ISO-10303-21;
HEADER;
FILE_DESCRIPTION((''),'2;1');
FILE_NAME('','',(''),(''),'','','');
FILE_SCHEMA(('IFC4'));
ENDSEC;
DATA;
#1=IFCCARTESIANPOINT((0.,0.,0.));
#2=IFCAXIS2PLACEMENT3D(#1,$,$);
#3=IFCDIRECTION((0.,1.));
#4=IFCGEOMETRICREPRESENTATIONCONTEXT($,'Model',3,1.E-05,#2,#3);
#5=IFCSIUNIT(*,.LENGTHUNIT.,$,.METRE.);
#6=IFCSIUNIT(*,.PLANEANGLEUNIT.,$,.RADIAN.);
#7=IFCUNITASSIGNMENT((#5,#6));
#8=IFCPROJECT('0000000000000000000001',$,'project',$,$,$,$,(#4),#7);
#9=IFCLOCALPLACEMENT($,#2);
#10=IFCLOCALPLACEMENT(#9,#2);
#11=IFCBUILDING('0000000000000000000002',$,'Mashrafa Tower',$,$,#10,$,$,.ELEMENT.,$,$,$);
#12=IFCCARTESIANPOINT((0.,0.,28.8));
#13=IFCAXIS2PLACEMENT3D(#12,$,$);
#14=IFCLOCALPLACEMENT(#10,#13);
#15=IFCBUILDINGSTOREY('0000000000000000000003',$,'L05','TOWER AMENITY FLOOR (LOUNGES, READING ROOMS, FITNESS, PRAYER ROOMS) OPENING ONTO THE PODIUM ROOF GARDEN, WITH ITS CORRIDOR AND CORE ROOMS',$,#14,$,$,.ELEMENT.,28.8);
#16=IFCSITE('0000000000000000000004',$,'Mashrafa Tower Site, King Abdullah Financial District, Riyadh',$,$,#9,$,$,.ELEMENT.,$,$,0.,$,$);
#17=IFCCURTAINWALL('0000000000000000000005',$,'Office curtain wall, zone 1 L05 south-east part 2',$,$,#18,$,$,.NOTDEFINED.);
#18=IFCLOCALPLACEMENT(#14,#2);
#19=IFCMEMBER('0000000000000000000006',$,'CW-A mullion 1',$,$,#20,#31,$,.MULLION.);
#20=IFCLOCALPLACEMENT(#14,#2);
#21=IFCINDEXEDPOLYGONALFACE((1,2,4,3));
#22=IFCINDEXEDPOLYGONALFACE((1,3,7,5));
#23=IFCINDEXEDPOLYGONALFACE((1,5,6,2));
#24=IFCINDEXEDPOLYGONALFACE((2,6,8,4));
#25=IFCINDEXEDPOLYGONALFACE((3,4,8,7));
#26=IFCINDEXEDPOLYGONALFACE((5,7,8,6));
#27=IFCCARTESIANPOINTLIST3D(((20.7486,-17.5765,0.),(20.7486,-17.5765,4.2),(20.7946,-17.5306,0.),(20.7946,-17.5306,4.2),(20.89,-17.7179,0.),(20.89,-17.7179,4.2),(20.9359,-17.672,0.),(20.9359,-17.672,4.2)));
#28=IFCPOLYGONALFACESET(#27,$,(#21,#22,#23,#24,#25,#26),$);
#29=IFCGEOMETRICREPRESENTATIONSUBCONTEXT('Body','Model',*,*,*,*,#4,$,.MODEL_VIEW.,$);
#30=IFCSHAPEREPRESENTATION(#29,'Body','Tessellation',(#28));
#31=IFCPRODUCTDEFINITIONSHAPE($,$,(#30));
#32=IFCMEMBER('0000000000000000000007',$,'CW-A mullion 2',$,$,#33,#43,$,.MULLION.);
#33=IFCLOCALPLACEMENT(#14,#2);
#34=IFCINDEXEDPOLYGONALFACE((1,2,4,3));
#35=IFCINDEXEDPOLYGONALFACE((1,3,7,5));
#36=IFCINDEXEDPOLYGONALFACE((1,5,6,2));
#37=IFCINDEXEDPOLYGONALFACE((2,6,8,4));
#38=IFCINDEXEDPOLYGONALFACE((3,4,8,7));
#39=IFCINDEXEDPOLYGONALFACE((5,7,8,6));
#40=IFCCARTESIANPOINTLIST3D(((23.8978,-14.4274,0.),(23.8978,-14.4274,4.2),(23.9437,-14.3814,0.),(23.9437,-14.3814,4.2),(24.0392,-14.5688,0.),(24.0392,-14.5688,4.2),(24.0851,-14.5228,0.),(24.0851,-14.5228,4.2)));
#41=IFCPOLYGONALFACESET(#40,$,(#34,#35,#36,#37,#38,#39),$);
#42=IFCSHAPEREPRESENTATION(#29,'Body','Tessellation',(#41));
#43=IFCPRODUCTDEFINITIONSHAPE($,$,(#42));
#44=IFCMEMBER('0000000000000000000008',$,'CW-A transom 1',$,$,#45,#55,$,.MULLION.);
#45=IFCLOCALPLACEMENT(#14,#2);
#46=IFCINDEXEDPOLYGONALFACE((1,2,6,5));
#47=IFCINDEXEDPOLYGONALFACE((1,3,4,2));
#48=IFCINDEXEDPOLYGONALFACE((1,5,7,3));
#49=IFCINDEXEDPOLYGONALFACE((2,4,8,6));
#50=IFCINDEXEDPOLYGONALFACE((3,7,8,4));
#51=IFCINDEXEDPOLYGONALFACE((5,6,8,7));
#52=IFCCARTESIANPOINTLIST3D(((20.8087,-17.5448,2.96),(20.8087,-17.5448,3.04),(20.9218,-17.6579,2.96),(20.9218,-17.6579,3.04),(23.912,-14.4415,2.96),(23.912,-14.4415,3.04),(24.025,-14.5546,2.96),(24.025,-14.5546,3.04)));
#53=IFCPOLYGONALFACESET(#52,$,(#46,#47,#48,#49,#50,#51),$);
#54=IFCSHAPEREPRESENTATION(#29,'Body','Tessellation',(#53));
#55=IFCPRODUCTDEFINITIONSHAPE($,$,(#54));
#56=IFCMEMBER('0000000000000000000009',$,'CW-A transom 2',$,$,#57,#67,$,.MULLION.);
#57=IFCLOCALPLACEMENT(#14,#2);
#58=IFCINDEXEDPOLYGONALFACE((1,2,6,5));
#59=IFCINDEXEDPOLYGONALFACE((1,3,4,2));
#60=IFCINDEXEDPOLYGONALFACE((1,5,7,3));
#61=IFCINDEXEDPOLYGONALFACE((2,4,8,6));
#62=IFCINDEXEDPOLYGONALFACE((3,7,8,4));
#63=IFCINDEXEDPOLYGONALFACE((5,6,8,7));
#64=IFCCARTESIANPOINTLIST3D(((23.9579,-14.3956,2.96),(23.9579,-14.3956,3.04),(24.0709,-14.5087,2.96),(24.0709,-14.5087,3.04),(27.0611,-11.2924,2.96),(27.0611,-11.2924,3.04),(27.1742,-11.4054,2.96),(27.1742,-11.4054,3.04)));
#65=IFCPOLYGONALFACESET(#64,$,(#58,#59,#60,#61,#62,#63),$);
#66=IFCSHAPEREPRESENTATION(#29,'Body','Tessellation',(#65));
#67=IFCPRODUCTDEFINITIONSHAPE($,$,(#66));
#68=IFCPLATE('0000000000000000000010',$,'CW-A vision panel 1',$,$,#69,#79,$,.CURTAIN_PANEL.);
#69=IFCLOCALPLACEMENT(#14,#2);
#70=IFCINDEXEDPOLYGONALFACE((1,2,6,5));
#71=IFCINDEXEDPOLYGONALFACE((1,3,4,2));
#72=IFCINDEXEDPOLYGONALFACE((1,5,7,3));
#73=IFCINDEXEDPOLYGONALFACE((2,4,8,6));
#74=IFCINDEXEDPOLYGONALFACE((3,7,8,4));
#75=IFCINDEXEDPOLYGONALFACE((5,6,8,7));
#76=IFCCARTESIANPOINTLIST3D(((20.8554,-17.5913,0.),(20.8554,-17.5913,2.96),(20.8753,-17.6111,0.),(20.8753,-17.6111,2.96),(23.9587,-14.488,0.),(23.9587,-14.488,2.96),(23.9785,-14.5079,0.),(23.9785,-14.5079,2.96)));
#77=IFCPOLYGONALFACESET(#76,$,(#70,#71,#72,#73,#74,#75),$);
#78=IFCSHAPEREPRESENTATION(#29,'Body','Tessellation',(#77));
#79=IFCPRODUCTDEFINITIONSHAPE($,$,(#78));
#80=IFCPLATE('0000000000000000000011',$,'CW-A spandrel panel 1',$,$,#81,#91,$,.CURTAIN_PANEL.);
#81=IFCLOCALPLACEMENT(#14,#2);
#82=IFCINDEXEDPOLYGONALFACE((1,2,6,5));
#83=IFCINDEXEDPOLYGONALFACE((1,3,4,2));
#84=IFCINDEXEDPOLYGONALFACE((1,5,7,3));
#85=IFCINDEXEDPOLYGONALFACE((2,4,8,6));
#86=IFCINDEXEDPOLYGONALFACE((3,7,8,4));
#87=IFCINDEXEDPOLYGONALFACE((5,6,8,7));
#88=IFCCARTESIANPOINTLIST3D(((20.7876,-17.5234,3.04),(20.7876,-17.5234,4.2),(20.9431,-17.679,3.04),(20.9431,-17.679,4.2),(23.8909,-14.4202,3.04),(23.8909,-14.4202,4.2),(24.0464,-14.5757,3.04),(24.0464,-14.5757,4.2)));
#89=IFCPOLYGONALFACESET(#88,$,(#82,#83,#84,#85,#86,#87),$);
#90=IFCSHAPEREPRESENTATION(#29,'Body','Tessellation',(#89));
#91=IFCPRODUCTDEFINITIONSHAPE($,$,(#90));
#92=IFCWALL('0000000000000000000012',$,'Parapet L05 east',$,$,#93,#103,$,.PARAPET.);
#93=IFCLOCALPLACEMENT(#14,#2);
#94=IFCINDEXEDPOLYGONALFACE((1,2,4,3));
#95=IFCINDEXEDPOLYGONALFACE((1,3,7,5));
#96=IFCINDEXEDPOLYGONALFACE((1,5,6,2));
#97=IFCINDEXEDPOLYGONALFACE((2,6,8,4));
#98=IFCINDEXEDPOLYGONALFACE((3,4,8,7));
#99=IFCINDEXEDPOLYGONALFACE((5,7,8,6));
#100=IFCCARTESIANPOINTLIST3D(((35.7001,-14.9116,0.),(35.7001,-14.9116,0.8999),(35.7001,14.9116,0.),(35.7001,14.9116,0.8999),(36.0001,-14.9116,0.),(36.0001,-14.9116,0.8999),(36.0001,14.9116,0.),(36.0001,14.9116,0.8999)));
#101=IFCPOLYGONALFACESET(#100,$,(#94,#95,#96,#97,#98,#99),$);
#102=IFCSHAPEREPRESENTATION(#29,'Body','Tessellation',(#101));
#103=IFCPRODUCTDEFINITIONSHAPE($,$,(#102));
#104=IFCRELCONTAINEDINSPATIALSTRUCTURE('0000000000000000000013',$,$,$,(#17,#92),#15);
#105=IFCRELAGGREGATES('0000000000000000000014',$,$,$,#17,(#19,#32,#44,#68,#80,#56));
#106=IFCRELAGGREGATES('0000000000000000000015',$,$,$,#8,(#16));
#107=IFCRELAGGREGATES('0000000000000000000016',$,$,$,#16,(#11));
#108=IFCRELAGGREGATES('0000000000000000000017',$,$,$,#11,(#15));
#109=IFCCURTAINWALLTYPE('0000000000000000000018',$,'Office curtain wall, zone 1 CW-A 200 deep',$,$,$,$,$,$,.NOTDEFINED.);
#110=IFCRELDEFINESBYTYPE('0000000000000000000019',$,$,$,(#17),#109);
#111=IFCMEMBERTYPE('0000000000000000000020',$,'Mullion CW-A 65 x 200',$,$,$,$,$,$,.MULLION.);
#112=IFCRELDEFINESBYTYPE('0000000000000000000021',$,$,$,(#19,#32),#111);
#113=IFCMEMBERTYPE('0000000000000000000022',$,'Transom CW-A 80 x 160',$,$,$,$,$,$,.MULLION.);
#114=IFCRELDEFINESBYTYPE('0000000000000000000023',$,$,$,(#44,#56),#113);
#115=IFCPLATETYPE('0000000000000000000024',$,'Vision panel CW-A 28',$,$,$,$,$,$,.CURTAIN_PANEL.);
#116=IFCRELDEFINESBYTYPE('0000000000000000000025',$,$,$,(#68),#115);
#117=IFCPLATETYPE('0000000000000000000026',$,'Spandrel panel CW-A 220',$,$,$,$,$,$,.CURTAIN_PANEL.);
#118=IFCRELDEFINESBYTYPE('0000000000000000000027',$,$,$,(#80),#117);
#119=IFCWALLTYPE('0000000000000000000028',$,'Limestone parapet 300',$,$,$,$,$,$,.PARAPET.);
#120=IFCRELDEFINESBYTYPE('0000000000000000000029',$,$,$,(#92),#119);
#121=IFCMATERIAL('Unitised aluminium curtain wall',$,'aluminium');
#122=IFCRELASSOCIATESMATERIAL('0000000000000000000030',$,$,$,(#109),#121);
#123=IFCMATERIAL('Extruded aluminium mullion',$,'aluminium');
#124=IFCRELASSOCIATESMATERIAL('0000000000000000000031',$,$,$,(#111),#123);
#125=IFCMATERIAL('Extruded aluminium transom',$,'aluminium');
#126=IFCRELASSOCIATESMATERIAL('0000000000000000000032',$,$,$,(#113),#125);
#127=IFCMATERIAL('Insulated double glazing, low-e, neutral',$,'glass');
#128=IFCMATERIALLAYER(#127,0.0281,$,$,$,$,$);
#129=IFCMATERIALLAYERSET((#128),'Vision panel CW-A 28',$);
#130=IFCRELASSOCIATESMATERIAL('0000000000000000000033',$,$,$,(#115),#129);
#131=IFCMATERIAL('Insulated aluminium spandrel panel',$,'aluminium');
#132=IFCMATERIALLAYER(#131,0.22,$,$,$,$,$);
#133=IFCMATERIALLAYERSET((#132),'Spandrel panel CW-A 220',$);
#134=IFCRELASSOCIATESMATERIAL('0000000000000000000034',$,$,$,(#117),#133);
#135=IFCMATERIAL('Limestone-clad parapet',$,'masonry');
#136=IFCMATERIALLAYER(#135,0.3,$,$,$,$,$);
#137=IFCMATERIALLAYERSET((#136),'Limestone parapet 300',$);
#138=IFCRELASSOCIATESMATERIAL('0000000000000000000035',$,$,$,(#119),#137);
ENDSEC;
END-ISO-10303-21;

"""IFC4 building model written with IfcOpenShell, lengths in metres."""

from ifc_helpers import new_model, si_unit, direction, frame, frame_2d, origin, origin_2d, place, context, subcontext, project, spatial, rectangle, extrude, source, transform, mapped, material, layer, layer_set, material_profile, profile_set, type_object, type_shapes, element, aggregate, save


model = new_model("IFC4")

# Units and contexts
model_context = context("Model", 3, precision=1e-05, world=origin(), true_north=direction((0.0, 1.0)))
body_context = subcontext(model_context, "Body", "Model", "MODEL_VIEW")
ifc_project = project(units=[si_unit("LENGTHUNIT", "METRE"), si_unit("PLANEANGLEUNIT", "RADIAN")], contexts=[model_context])

# Site, building, storey
site_placement = place(None, origin())
site = spatial("IfcSite", under=ifc_project, at=site_placement, Name="Mashrafa Tower Site, King Abdullah Financial District, Riyadh", CompositionType="ELEMENT", RefElevation=0.0)
building_placement = place(site_placement, origin())
building = spatial("IfcBuilding", under=site, at=building_placement, Name="Mashrafa Tower", CompositionType="ELEMENT")
storey_placement = place(building_placement, frame((0.0, 0.0, 28.8)))
storey = spatial("IfcBuildingStorey", under=building, at=storey_placement, Name="L05", Description="TOWER AMENITY FLOOR (LOUNGES, READING ROOMS, FITNESS, PRAYER ROOMS) OPENING ONTO THE PODIUM ROOF GARDEN, WITH ITS CORRIDOR AND CORE ROOMS", CompositionType="ELEMENT", Elevation=28.8)

# Curtain wall, members, plates
ifc_material_1 = material(Name="Unitised aluminium curtain wall", Category="aluminium")
curtain_wall_type = type_object("IfcCurtainWallType", Name="Office curtain wall, zone 1 CW-A 200 deep", PredefinedType="NOTDEFINED", material=ifc_material_1)
curtain_wall_placement = place(storey_placement, origin())
curtain_wall = element("IfcCurtainWall", 1, at=curtain_wall_placement, inside=storey, type_object=curtain_wall_type, Name="Office curtain wall, zone 1 L05 south-east part 2", PredefinedType="NOTDEFINED")
ifc_material_2 = material(Name="Extruded aluminium mullion", Category="aluminium")
ifc_material_profile_1 = material_profile(ifc_material_2, rectangle(XDim=0.2, YDim=0.0649, at=origin_2d()), Name="Mullion 65x200")
ifc_profile_set_1 = profile_set([ifc_material_profile_1], Name="Extruded aluminium mullion")
member_type_1 = type_object("IfcMemberType", Name="Mullion CW-A 65 x 200", PredefinedType="MULLION", material=ifc_profile_set_1)
shared_shape_1 = source(origin(), body_context, "Body", "SweptSolid", [
    extrude(rectangle(XDim=0.2, YDim=0.0649, at=origin_2d()), origin(), (0.0, 0.0, 1.0), 4.2),
])
type_shapes(member_type_1, [shared_shape_1])
member_1_placement = place(storey_placement, frame((20.8423, -17.6243, 0.0), z_axis=(0.0, 0.0, 1.0), x_axis=(-0.707107, 0.707107, 0.0)))
member_1 = element("IfcMember", 2, at=member_1_placement, type_object=member_type_1, Name="CW-A mullion 1", PredefinedType="MULLION", context=body_context, shape_type="MappedRepresentation", body=[
    mapped(shared_shape_1, transform((0.0, 0.0, 0.0))),
])
member_2_placement = place(storey_placement, frame((23.9915, -14.4751, 0.0), z_axis=(0.0, 0.0, 1.0), x_axis=(-0.707107, 0.707107, 0.0)))
member_2 = element("IfcMember", 3, at=member_2_placement, type_object=member_type_1, Name="CW-A mullion 2", PredefinedType="MULLION", context=body_context, shape_type="MappedRepresentation", body=[
    mapped(shared_shape_1, transform((0.0, 0.0, 0.0))),
])
ifc_material_3 = material(Name="Extruded aluminium transom", Category="aluminium")
ifc_material_profile_2 = material_profile(ifc_material_3, rectangle(XDim=0.1599, YDim=0.0801, at=origin_2d()), Name="Transom 80x160")
ifc_profile_set_2 = profile_set([ifc_material_profile_2], Name="Extruded aluminium transom")
member_type_2 = type_object("IfcMemberType", Name="Transom CW-A 80 x 160", PredefinedType="MULLION", material=ifc_profile_set_2)
shared_shape_2 = source(origin(), body_context, "Body", "SweptSolid", [
    extrude(rectangle(XDim=0.1599, YDim=0.0801, at=origin_2d()), origin(), (0.0, 0.0, 1.0), 4.3887),
])
type_shapes(member_type_2, [shared_shape_2])
member_3_placement = place(storey_placement, frame((20.8652, -17.6013, 3.0), z_axis=(0.707107, 0.707107, 0.0), x_axis=(-0.707107, 0.707107, 0.0)))
member_3 = element("IfcMember", 4, at=member_3_placement, type_object=member_type_2, Name="CW-A transom 1", PredefinedType="MULLION", context=body_context, shape_type="MappedRepresentation", body=[
    mapped(shared_shape_2, transform((0.0, 0.0, 0.0))),
])
member_4_placement = place(storey_placement, frame((24.0144, -14.4521, 3.0), z_axis=(0.707107, 0.707107, 0.0), x_axis=(-0.707107, 0.707107, 0.0)))
member_4 = element("IfcMember", 5, at=member_4_placement, type_object=member_type_2, Name="CW-A transom 2", PredefinedType="MULLION", context=body_context, shape_type="MappedRepresentation", body=[
    mapped(shared_shape_2, transform((0.0, 0.0, 0.0))),
])
ifc_material_4 = material(Name="Insulated double glazing, low-e, neutral", Category="glass")
ifc_layer_1 = layer(ifc_material_4, 0.0281)
ifc_layer_set_1 = layer_set([ifc_layer_1], Name="Vision panel CW-A 28")
plate_type_1 = type_object("IfcPlateType", Name="Vision panel CW-A 28", PredefinedType="CURTAIN_PANEL", material=ifc_layer_set_1)
shared_shape_3 = source(origin(), body_context, "Body", "SweptSolid", [
    extrude(rectangle(XDim=4.3887, YDim=0.0281, at=origin_2d()), origin(), (0.0, 0.0, 1.0), 2.96),
])
type_shapes(plate_type_1, [shared_shape_3])
plate_1_placement = place(storey_placement, frame((22.417, -16.0496, 0.0), z_axis=(0.0, 0.0, 1.0), x_axis=(0.707107, 0.707107, 0.0)))
plate_1 = element("IfcPlate", 6, at=plate_1_placement, type_object=plate_type_1, Name="CW-A vision panel 1", PredefinedType="CURTAIN_PANEL", context=body_context, shape_type="MappedRepresentation", body=[
    mapped(shared_shape_3, transform((0.0, 0.0, 0.0))),
])
ifc_material_5 = material(Name="Insulated aluminium spandrel panel", Category="aluminium")
ifc_layer_2 = layer(ifc_material_5, 0.22)
ifc_layer_set_2 = layer_set([ifc_layer_2], Name="Spandrel panel CW-A 220")
plate_type_2 = type_object("IfcPlateType", Name="Spandrel panel CW-A 220", PredefinedType="CURTAIN_PANEL", material=ifc_layer_set_2)
shared_shape_4 = source(origin(), body_context, "Body", "SweptSolid", [
    extrude(rectangle(XDim=4.3887, YDim=0.22, at=origin_2d()), origin(), (0.0, 0.0, 1.0), 1.1599),
])
type_shapes(plate_type_2, [shared_shape_4])
plate_2_placement = place(storey_placement, frame((22.417, -16.0496, 3.04), z_axis=(0.0, 0.0, 1.0), x_axis=(0.707107, 0.707107, 0.0)))
plate_2 = element("IfcPlate", 7, at=plate_2_placement, type_object=plate_type_2, Name="CW-A spandrel panel 1", PredefinedType="CURTAIN_PANEL", context=body_context, shape_type="MappedRepresentation", body=[
    mapped(shared_shape_4, transform((0.0, 0.0, 0.0))),
])
aggregate(curtain_wall, [member_1, member_2, member_3, plate_1, plate_2, member_4])

# Wall
ifc_material_6 = material(Name="Limestone-clad parapet", Category="masonry")
ifc_layer_3 = layer(ifc_material_6, 0.3)
ifc_layer_set_3 = layer_set([ifc_layer_3], Name="Limestone parapet 300")
wall_type = type_object("IfcWallType", Name="Limestone parapet 300", PredefinedType="PARAPET", material=ifc_layer_set_3)
wall_placement = place(storey_placement, frame((35.8501, -14.9116, 0.0), z_axis=(0.0, 0.0, 1.0), x_axis=(0.0, 1.0, 0.0)))
element("IfcWall", 8, at=wall_placement, inside=storey, type_object=wall_type, Name="Parapet L05 east", PredefinedType="PARAPET", context=body_context, shape_type="SweptSolid", body=[
    extrude(rectangle(XDim=29.8232, YDim=0.3, at=frame_2d((14.9116, 0.0))), origin(), (0.0, 0.0, 1.0), 0.8999),
])

save(model, "model.ifc")
